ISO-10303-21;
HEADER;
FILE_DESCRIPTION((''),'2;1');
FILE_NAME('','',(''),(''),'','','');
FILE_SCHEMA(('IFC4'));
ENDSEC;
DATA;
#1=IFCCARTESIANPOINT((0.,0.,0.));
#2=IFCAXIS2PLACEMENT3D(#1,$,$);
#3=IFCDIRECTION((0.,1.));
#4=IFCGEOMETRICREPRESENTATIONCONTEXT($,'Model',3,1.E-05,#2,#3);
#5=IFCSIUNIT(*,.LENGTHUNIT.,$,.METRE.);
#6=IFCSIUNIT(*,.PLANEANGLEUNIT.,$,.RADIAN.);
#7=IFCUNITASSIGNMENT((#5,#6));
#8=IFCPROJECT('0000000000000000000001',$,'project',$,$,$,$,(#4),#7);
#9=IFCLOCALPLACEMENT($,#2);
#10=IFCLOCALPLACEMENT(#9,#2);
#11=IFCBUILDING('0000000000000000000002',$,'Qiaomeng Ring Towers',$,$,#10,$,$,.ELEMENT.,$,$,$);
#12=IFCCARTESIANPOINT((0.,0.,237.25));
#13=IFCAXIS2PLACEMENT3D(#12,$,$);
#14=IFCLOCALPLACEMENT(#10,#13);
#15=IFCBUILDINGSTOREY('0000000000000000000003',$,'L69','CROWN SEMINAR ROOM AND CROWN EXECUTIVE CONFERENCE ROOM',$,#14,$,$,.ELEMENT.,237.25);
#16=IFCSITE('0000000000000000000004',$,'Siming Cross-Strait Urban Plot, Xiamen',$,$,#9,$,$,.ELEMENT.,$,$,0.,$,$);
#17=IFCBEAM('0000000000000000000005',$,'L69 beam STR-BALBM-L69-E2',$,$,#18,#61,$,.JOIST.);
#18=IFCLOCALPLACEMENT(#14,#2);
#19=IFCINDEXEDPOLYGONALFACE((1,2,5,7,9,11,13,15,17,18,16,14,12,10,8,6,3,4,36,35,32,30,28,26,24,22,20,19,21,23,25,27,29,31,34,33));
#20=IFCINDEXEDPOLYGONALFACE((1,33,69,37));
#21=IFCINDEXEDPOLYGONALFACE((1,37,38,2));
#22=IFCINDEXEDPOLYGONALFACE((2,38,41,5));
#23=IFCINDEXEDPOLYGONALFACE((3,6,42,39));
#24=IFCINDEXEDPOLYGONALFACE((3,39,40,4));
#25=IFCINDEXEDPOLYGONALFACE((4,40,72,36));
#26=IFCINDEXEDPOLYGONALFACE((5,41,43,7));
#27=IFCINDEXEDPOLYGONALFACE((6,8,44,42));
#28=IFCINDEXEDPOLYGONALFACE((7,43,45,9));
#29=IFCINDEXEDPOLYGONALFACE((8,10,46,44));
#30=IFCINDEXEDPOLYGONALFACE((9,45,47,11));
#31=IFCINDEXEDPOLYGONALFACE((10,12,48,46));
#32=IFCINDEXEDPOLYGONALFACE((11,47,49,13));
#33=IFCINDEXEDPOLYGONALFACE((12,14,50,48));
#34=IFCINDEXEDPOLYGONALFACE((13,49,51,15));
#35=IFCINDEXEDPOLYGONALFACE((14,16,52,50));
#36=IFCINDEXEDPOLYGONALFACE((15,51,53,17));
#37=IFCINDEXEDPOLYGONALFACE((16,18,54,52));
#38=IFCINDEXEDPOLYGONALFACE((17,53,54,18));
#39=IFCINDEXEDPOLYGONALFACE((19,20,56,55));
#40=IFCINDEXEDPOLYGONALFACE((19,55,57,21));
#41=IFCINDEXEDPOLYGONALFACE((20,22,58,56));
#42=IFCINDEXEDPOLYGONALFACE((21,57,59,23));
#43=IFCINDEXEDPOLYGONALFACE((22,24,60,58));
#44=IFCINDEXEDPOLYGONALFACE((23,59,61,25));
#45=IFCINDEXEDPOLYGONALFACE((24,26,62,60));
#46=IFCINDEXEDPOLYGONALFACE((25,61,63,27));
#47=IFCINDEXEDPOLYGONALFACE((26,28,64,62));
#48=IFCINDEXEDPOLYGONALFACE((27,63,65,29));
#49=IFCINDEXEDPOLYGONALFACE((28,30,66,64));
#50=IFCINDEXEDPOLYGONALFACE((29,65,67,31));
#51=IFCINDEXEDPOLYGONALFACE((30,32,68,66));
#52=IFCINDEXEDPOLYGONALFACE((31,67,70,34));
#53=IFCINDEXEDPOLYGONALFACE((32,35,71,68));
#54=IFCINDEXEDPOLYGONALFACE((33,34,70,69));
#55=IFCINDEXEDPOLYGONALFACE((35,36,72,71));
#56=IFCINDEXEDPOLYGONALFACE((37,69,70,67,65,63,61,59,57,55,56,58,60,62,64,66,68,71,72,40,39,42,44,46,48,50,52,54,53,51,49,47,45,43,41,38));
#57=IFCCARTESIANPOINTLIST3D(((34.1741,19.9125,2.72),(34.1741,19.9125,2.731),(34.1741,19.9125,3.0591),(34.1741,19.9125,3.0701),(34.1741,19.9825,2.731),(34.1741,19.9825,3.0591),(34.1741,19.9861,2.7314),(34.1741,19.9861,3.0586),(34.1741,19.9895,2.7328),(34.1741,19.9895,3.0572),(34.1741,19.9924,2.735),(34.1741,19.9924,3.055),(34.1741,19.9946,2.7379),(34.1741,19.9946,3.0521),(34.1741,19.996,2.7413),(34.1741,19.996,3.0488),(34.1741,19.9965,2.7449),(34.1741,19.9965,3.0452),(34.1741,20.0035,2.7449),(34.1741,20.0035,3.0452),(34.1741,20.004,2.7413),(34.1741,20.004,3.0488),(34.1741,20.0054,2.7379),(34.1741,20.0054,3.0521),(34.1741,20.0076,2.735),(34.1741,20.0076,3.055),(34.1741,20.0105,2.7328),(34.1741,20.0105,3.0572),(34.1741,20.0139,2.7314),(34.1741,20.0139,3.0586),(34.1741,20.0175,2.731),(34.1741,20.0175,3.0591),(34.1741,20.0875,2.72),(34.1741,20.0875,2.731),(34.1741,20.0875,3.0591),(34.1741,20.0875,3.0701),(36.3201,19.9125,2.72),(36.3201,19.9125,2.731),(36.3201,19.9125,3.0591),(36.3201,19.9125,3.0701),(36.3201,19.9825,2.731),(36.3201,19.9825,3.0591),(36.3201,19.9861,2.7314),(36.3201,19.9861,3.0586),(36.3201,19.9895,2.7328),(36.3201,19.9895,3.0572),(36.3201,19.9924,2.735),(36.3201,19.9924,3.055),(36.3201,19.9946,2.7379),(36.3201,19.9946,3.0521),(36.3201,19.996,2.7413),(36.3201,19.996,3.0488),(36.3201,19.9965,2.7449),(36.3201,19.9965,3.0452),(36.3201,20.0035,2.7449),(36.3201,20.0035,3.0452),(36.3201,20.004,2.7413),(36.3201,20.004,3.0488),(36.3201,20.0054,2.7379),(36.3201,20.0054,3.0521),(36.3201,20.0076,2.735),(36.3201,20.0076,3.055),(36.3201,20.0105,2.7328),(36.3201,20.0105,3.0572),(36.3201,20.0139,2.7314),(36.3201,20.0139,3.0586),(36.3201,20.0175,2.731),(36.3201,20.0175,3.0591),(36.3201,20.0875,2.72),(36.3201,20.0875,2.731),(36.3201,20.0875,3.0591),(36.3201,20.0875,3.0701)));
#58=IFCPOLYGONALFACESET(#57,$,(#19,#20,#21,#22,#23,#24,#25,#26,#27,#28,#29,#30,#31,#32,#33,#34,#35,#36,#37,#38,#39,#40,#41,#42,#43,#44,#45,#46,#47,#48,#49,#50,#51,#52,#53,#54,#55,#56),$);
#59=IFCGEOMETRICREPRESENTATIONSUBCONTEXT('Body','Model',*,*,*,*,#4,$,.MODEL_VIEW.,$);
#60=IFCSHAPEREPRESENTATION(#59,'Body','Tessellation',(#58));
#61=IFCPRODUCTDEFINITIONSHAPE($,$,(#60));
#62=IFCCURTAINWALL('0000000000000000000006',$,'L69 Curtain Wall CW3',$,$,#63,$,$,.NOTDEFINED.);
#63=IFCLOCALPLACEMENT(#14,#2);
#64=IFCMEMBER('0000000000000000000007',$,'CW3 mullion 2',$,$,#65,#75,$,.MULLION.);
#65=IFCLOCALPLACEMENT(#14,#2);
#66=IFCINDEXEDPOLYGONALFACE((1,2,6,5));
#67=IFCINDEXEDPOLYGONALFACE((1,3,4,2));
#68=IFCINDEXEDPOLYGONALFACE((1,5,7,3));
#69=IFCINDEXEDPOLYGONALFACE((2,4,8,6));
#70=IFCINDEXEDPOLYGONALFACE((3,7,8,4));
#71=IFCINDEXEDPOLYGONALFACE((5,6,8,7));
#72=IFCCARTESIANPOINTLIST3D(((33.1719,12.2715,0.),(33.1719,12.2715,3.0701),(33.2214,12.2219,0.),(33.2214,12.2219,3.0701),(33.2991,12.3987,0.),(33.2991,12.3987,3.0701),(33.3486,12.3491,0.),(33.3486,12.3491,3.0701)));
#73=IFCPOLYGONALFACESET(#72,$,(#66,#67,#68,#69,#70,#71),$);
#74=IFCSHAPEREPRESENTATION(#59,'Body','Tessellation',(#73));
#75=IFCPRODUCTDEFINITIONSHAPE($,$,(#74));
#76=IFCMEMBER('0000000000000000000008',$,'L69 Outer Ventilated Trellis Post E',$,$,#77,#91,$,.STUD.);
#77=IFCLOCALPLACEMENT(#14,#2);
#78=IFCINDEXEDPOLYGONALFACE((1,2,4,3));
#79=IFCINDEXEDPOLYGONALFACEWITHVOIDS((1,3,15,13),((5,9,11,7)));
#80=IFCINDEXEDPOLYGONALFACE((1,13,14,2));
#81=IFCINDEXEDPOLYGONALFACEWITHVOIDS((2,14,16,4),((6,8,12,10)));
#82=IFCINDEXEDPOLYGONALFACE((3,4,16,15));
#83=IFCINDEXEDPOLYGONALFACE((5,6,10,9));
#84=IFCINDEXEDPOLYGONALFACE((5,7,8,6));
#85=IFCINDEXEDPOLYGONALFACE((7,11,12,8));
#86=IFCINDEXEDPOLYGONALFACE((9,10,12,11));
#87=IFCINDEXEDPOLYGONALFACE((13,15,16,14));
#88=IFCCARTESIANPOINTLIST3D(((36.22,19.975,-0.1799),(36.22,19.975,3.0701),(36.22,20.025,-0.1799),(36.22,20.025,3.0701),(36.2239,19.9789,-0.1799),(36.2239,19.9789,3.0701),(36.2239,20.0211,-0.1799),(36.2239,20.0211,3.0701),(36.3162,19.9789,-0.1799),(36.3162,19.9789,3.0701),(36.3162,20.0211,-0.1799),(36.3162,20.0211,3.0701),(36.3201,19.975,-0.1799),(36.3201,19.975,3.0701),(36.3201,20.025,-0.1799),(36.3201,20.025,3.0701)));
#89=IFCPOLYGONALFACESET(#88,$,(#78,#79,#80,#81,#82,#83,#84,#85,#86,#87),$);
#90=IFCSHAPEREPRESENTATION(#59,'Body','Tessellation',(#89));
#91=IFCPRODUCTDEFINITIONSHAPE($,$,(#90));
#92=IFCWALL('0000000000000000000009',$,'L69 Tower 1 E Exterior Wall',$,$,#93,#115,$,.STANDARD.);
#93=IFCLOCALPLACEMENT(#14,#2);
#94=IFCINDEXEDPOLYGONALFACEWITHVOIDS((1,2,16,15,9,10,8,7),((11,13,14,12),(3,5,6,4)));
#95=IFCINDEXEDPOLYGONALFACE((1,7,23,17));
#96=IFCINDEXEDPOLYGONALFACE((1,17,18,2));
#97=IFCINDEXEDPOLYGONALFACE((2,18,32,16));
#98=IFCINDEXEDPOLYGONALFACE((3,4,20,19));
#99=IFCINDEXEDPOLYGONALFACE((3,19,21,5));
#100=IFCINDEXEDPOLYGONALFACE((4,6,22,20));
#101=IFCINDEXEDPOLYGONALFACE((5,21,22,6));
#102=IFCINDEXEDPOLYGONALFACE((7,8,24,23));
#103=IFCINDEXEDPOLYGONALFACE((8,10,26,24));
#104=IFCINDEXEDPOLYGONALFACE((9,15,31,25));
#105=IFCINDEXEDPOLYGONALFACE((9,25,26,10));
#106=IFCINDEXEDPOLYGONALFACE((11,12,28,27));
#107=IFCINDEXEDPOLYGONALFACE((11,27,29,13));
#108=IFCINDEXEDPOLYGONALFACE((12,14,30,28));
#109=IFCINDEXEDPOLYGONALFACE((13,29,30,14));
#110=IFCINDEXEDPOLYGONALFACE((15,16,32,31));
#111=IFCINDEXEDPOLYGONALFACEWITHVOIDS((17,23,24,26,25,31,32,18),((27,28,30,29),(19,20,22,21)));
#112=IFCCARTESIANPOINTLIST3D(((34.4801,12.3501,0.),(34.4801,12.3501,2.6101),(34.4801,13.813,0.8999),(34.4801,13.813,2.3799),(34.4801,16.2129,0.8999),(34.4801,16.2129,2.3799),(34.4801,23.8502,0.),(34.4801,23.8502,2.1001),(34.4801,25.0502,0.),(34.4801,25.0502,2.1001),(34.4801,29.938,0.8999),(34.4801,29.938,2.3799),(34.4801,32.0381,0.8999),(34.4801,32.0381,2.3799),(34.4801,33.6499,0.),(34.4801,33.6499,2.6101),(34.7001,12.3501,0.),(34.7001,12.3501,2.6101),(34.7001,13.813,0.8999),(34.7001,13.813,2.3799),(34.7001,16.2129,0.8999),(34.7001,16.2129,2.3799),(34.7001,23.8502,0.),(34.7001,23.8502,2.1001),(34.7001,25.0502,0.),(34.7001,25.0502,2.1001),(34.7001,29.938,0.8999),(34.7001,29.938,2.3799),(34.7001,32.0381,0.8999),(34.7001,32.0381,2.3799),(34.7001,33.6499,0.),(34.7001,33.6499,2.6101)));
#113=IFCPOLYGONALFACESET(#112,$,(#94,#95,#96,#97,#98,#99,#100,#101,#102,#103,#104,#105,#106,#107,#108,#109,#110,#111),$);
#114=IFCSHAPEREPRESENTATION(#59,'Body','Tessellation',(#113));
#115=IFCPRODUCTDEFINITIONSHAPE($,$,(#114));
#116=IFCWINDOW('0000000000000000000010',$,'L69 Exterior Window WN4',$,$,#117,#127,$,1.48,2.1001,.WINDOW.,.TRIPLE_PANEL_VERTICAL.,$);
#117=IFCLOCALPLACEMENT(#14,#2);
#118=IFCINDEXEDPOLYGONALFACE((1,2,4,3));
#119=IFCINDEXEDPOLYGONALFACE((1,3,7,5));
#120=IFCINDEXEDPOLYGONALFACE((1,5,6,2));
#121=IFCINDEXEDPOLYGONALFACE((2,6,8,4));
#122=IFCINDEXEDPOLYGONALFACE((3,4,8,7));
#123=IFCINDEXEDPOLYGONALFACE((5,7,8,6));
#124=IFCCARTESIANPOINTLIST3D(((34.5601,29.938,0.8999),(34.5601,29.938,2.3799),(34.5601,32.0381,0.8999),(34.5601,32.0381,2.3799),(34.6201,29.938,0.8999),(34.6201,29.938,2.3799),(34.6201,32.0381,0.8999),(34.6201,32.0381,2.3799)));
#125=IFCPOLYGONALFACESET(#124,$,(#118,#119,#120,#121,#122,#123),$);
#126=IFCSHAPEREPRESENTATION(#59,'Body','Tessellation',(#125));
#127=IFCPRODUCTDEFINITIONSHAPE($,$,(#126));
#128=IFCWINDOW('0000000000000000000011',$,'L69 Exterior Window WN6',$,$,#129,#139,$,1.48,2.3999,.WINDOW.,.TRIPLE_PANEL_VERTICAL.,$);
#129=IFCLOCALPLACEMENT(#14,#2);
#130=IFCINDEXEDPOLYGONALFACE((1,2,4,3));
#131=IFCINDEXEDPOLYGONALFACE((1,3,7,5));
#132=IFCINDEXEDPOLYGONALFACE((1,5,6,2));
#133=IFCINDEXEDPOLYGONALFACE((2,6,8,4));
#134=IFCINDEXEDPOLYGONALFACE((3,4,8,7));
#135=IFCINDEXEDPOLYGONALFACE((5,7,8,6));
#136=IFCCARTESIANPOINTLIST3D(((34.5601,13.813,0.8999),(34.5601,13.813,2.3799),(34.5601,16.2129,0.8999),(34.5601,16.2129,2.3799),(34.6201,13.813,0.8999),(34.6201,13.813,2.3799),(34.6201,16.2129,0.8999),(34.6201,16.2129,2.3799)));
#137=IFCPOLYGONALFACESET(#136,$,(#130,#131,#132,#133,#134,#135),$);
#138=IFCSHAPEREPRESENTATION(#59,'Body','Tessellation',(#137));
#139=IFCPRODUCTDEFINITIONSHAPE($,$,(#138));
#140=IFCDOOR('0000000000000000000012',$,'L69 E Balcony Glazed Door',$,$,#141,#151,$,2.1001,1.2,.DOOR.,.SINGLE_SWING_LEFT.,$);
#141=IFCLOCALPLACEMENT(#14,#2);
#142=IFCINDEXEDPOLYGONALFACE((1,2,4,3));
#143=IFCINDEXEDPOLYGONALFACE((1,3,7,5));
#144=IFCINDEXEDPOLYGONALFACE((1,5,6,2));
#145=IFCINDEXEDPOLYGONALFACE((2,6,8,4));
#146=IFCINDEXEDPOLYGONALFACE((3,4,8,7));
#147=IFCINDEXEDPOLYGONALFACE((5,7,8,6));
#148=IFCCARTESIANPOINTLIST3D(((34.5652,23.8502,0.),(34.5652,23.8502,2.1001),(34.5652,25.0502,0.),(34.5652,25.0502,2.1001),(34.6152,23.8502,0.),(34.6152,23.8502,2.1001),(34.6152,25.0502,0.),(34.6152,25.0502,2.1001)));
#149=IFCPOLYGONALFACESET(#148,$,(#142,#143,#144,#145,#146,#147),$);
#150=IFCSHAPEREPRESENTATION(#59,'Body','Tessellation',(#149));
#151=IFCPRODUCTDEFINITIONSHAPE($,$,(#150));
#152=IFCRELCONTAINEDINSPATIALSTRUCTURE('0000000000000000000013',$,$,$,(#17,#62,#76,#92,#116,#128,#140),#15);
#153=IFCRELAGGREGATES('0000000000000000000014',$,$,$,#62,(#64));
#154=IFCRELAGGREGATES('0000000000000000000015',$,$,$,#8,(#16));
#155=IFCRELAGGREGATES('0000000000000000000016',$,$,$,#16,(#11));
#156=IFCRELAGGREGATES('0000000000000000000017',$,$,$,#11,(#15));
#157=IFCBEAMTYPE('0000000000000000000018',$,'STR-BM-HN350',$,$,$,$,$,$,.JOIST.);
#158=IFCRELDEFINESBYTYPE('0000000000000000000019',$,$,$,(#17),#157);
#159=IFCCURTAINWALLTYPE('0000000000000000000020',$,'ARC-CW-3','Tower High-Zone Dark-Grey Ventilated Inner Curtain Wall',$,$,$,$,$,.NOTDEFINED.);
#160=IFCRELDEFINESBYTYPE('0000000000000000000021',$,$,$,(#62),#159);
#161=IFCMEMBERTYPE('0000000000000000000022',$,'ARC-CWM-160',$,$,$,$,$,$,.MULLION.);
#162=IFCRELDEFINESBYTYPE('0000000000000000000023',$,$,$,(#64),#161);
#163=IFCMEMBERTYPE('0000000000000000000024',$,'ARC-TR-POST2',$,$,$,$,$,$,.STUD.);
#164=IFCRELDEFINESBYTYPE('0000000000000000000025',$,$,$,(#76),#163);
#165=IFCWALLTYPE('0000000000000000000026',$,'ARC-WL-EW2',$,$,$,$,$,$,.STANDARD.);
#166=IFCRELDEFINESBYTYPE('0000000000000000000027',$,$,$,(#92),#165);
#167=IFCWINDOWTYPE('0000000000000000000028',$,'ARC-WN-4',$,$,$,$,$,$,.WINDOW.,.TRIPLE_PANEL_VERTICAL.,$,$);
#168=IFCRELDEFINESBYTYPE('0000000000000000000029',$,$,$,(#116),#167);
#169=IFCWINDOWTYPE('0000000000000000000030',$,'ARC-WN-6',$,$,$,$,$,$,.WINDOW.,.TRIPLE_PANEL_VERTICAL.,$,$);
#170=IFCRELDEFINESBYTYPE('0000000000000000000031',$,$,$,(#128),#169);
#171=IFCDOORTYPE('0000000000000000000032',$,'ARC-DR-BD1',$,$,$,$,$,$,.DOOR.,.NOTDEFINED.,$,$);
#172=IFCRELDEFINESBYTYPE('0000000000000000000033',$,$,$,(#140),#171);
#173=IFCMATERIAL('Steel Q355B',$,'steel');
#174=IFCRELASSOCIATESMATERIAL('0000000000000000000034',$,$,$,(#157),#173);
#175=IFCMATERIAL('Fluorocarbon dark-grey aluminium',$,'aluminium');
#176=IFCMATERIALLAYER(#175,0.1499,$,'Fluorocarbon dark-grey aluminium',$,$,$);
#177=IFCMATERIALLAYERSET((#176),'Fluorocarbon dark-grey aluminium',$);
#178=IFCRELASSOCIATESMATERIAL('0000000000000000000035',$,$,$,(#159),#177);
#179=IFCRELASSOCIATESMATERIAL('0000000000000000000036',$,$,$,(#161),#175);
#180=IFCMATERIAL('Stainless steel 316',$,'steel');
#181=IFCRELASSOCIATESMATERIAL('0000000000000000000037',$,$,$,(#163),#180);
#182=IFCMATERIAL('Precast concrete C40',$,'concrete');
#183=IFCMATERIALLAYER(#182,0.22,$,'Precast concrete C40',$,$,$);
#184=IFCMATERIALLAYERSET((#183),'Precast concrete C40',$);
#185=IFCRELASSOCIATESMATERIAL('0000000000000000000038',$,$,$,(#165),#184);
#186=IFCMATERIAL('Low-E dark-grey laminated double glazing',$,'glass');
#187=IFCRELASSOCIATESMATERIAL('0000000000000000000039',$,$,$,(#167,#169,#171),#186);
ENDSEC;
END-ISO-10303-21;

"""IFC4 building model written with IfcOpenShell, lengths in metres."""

from ifc_helpers import new_model, si_unit, direction, frame, frame_2d, origin, origin_2d, place, context, subcontext, project, spatial, rectangle, hollow_rectangle, i_section, extrude, source, transform, mapped, material, layer, layer_set, material_profile, profile_set, type_object, element, fill, aggregate, save


model = new_model("IFC4")

# Units and contexts
model_context = context("Model", 3, precision=1e-05, world=origin(), true_north=direction((0.0, 1.0)))
body_context = subcontext(model_context, "Body", "Model", "MODEL_VIEW")
ifc_project = project(units=[si_unit("LENGTHUNIT", "METRE"), si_unit("PLANEANGLEUNIT", "RADIAN")], contexts=[model_context])

# Site, building, storey
site_placement = place(None, origin())
site = spatial("IfcSite", under=ifc_project, at=site_placement, Name="Siming Cross-Strait Urban Plot, Xiamen", CompositionType="ELEMENT", RefElevation=0.0)
building_placement = place(site_placement, origin())
building = spatial("IfcBuilding", under=site, at=building_placement, Name="Qiaomeng Ring Towers", CompositionType="ELEMENT")
storey_placement = place(building_placement, frame((0.0, 0.0, 237.25)))
storey = spatial("IfcBuildingStorey", under=building, at=storey_placement, Name="L69", Description="CROWN SEMINAR ROOM AND CROWN EXECUTIVE CONFERENCE ROOM", CompositionType="ELEMENT", Elevation=237.25)

# Beam
ifc_material_1 = material(Name="Steel Q355B", Category="steel")
ifc_material_profile_1 = material_profile(ifc_material_1, i_section(OverallWidth=0.175, OverallDepth=0.3501, WebThickness=0.0071, FlangeThickness=0.011, FilletRadius=0.0139, at=origin_2d()), Name="HN 350x175x7x11")
ifc_profile_set_1 = profile_set([ifc_material_profile_1], Name="Steel Q355B")
beam_type_1 = type_object("IfcBeamType", Name="STR-BM-HN350", PredefinedType="JOIST", material=ifc_profile_set_1)
shared_shape_1 = source(origin(), body_context, "Body", "SweptSolid", [
    extrude(i_section(OverallWidth=0.175, OverallDepth=0.3501, WebThickness=0.0071, FlangeThickness=0.011, FilletRadius=0.0139, at=origin_2d()), origin(), (0.0, 0.0, 1.0), 2.146),
])
beam_1_placement = place(storey_placement, frame((34.1741, 20.0, 2.895), z_axis=(1.0, 0.0, 0.0), x_axis=(0.0, 1.0, 0.0)))
element("IfcBeam", 1, at=beam_1_placement, inside=storey, type_object=beam_type_1, Name="L69 beam STR-BALBM-L69-E2", PredefinedType="JOIST", context=body_context, shape_type="MappedRepresentation", body=[
    mapped(shared_shape_1, transform((0.0, 0.0, 0.0), x_axis=(1.0, 0.0, 0.0), y_axis=(0.0, 1.0, 0.0), z_axis=(0.0, 0.0, 1.0), scale=1.0)),
])

# Curtain wall, member
ifc_material_2 = material(Name="Fluorocarbon dark-grey aluminium", Category="aluminium")
ifc_layer_1 = layer(ifc_material_2, 0.1499, Name="Fluorocarbon dark-grey aluminium")
ifc_layer_set_1 = layer_set([ifc_layer_1], Name="Fluorocarbon dark-grey aluminium")
curtain_wall_type = type_object("IfcCurtainWallType", Name="ARC-CW-3", Description="Tower High-Zone Dark-Grey Ventilated Inner Curtain Wall", PredefinedType="NOTDEFINED", material=ifc_layer_set_1)
curtain_wall_placement = place(storey_placement, origin())
curtain_wall = element("IfcCurtainWall", 2, at=curtain_wall_placement, inside=storey, type_object=curtain_wall_type, Name="L69 Curtain Wall CW3", PredefinedType="NOTDEFINED")
ifc_material_profile_2 = material_profile(ifc_material_2, rectangle(XDim=0.0701, YDim=0.1799, at=origin_2d()), Name="ALU MULL 70x180")
ifc_profile_set_2 = profile_set([ifc_material_profile_2], Name="Fluorocarbon dark-grey aluminium")
member_type_1 = type_object("IfcMemberType", Name="ARC-CWM-160", PredefinedType="MULLION", material=ifc_profile_set_2)
shared_shape_2 = source(origin(), body_context, "Body", "SweptSolid", [
    extrude(rectangle(XDim=0.0701, YDim=0.1799, at=origin_2d()), origin(), (0.0, 0.0, 1.0), 3.0701),
])
member_1_placement = place(storey_placement, frame((33.2603, 12.3103, 0.0), z_axis=(0.0, 0.0, 1.0), x_axis=(-0.707107, 0.707107, 0.0)))
member_1 = element("IfcMember", 3, at=member_1_placement, type_object=member_type_1, Name="CW3 mullion 2", PredefinedType="MULLION", context=body_context, shape_type="MappedRepresentation", body=[
    mapped(shared_shape_2, transform((0.0, 0.0, 0.0), x_axis=(1.0, 0.0, 0.0), y_axis=(0.0, 1.0, 0.0), z_axis=(0.0, 0.0, 1.0), scale=1.0)),
])
aggregate(curtain_wall, [member_1])

# Member
ifc_material_3 = material(Name="Stainless steel 316", Category="steel")
ifc_material_profile_3 = material_profile(ifc_material_3, hollow_rectangle(XDim=0.05, YDim=0.1001, WallThickness=0.0039, at=origin_2d()), Name="SS TRELLIS 100x50")
ifc_profile_set_3 = profile_set([ifc_material_profile_3], Name="Stainless steel 316")
member_type_2 = type_object("IfcMemberType", Name="ARC-TR-POST2", PredefinedType="STUD", material=ifc_profile_set_3)
shared_shape_3 = source(origin(), body_context, "Body", "SweptSolid", [
    extrude(hollow_rectangle(XDim=0.05, YDim=0.1001, WallThickness=0.0039, at=origin_2d()), origin(), (0.0, 0.0, 1.0), 3.25),
])
member_2_placement = place(storey_placement, frame((36.27, 20.0, -0.1799), z_axis=(0.0, 0.0, 1.0), x_axis=(0.0, 1.0, 0.0)))
element("IfcMember", 4, at=member_2_placement, inside=storey, type_object=member_type_2, Name="L69 Outer Ventilated Trellis Post E", PredefinedType="STUD", context=body_context, shape_type="MappedRepresentation", body=[
    mapped(shared_shape_3, transform((0.0, 0.0, 0.0), x_axis=(1.0, 0.0, 0.0), y_axis=(0.0, 1.0, 0.0), z_axis=(0.0, 0.0, 1.0), scale=1.0)),
])

# Wall, openings, windows, door
ifc_material_4 = material(Name="Precast concrete C40", Category="concrete")
ifc_layer_2 = layer(ifc_material_4, 0.22, Name="Precast concrete C40")
ifc_layer_set_2 = layer_set([ifc_layer_2], Name="Precast concrete C40")
wall_type_1 = type_object("IfcWallType", Name="ARC-WL-EW2", PredefinedType="STANDARD", material=ifc_layer_set_2)
wall_1_placement = place(storey_placement, frame((34.5901, 12.3501, 0.0), z_axis=(0.0, 0.0, 1.0), x_axis=(0.0, 1.0, 0.0)))
wall_1 = element("IfcWall", 5, at=wall_1_placement, inside=storey, type_object=wall_type_1, Name="L69 Tower 1 E Exterior Wall", PredefinedType="STANDARD", context=body_context, shape_type="SweptSolid", body=[
    extrude(rectangle(XDim=21.2998, YDim=0.22, at=frame_2d((10.6499, 0.0))), origin(), (0.0, 0.0, 1.0), 2.6101),
])
opening_1_placement = place(wall_1_placement, frame((11.5, 0.0, 0.0)))
opening_1 = element("IfcOpeningElement", 6, at=opening_1_placement, cuts=wall_1, PredefinedType="OPENING", context=body_context, shape_type="SweptSolid", body=[
    extrude(rectangle(XDim=1.2, YDim=2.1001, at=frame_2d((0.6001, 1.05))), frame((0.0, 0.1199, 0.0), z_axis=(0.0, -1.0, 0.0), x_axis=(1.0, 0.0, 0.0)), (0.0, 0.0, 1.0), 0.24),
])
opening_2_placement = place(wall_1_placement, frame((1.4629, 0.0, 0.8999)))
opening_2 = element("IfcOpeningElement", 7, at=opening_2_placement, cuts=wall_1, PredefinedType="OPENING", context=body_context, shape_type="SweptSolid", body=[
    extrude(rectangle(XDim=2.3999, YDim=1.48, at=frame_2d((1.2, 0.74))), frame((0.0, 0.1199, 0.0), z_axis=(0.0, -1.0, 0.0), x_axis=(1.0, 0.0, 0.0)), (0.0, 0.0, 1.0), 0.24),
])
opening_3_placement = place(wall_1_placement, frame((17.5879, 0.0, 0.8999)))
opening_3 = element("IfcOpeningElement", 8, at=opening_3_placement, cuts=wall_1, PredefinedType="OPENING", context=body_context, shape_type="SweptSolid", body=[
    extrude(rectangle(XDim=2.1001, YDim=1.48, at=frame_2d((1.05, 0.74))), frame((0.0, 0.1199, 0.0), z_axis=(0.0, -1.0, 0.0), x_axis=(1.0, 0.0, 0.0)), (0.0, 0.0, 1.0), 0.24),
])
ifc_material_5 = material(Name="Low-E dark-grey laminated double glazing", Category="glass")
window_type_1 = type_object("IfcWindowType", Name="ARC-WN-4", PartitioningType="TRIPLE_PANEL_VERTICAL", PredefinedType="WINDOW", material=ifc_material_5)
shared_shape_4 = source(origin(), body_context, "Body", "SweptSolid", [
    extrude(rectangle(XDim=2.1001, YDim=1.48, at=frame_2d((1.05, 0.74))), frame((0.0, 0.03, 0.0), z_axis=(0.0, -1.0, 0.0), x_axis=(1.0, 0.0, 0.0)), (0.0, 0.0, 1.0), 0.0601),
])
window_1_placement = place(opening_3_placement, origin())
window_1 = element("IfcWindow", 9, at=window_1_placement, inside=storey, type_object=window_type_1, Name="L69 Exterior Window WN4", OverallHeight=1.48, OverallWidth=2.1001, PartitioningType="TRIPLE_PANEL_VERTICAL", PredefinedType="WINDOW", context=body_context, shape_type="MappedRepresentation", body=[
    mapped(shared_shape_4, transform((0.0, 0.0, 0.0), x_axis=(1.0, 0.0, 0.0), y_axis=(0.0, 1.0, 0.0), z_axis=(0.0, 0.0, 1.0), scale=1.0)),
])
fill(opening_3, window_1)
window_type_2 = type_object("IfcWindowType", Name="ARC-WN-6", PartitioningType="TRIPLE_PANEL_VERTICAL", PredefinedType="WINDOW", material=ifc_material_5)
shared_shape_5 = source(origin(), body_context, "Body", "SweptSolid", [
    extrude(rectangle(XDim=2.3999, YDim=1.48, at=frame_2d((1.2, 0.74))), frame((0.0, 0.03, 0.0), z_axis=(0.0, -1.0, 0.0), x_axis=(1.0, 0.0, 0.0)), (0.0, 0.0, 1.0), 0.0601),
])
window_2_placement = place(opening_2_placement, origin())
window_2 = element("IfcWindow", 10, at=window_2_placement, inside=storey, type_object=window_type_2, Name="L69 Exterior Window WN6", OverallHeight=1.48, OverallWidth=2.3999, PartitioningType="TRIPLE_PANEL_VERTICAL", PredefinedType="WINDOW", context=body_context, shape_type="MappedRepresentation", body=[
    mapped(shared_shape_5, transform((0.0, 0.0, 0.0), x_axis=(1.0, 0.0, 0.0), y_axis=(0.0, 1.0, 0.0), z_axis=(0.0, 0.0, 1.0), scale=1.0)),
])
fill(opening_2, window_2)
door_type_1 = type_object("IfcDoorType", Name="ARC-DR-BD1", OperationType="NOTDEFINED", PredefinedType="DOOR", material=ifc_material_5)
shared_shape_6 = source(origin(), body_context, "Body", "SweptSolid", [
    extrude(rectangle(XDim=1.2, YDim=2.1001, at=frame_2d((0.6001, 1.05))), frame((0.0, 0.0249, 0.0), z_axis=(0.0, -1.0, 0.0), x_axis=(1.0, 0.0, 0.0)), (0.0, 0.0, 1.0), 0.05),
])
door_1_placement = place(opening_1_placement, origin())
door_1 = element("IfcDoor", 11, at=door_1_placement, inside=storey, type_object=door_type_1, Name="L69 E Balcony Glazed Door", OperationType="SINGLE_SWING_LEFT", OverallHeight=2.1001, OverallWidth=1.2, PredefinedType="DOOR", context=body_context, shape_type="MappedRepresentation", body=[
    mapped(shared_shape_6, transform((0.0, 0.0, 0.0), x_axis=(1.0, 0.0, 0.0), y_axis=(0.0, 1.0, 0.0), z_axis=(0.0, 0.0, 1.0), scale=1.0)),
])
fill(opening_1, door_1)

save(model, "model.ifc")
